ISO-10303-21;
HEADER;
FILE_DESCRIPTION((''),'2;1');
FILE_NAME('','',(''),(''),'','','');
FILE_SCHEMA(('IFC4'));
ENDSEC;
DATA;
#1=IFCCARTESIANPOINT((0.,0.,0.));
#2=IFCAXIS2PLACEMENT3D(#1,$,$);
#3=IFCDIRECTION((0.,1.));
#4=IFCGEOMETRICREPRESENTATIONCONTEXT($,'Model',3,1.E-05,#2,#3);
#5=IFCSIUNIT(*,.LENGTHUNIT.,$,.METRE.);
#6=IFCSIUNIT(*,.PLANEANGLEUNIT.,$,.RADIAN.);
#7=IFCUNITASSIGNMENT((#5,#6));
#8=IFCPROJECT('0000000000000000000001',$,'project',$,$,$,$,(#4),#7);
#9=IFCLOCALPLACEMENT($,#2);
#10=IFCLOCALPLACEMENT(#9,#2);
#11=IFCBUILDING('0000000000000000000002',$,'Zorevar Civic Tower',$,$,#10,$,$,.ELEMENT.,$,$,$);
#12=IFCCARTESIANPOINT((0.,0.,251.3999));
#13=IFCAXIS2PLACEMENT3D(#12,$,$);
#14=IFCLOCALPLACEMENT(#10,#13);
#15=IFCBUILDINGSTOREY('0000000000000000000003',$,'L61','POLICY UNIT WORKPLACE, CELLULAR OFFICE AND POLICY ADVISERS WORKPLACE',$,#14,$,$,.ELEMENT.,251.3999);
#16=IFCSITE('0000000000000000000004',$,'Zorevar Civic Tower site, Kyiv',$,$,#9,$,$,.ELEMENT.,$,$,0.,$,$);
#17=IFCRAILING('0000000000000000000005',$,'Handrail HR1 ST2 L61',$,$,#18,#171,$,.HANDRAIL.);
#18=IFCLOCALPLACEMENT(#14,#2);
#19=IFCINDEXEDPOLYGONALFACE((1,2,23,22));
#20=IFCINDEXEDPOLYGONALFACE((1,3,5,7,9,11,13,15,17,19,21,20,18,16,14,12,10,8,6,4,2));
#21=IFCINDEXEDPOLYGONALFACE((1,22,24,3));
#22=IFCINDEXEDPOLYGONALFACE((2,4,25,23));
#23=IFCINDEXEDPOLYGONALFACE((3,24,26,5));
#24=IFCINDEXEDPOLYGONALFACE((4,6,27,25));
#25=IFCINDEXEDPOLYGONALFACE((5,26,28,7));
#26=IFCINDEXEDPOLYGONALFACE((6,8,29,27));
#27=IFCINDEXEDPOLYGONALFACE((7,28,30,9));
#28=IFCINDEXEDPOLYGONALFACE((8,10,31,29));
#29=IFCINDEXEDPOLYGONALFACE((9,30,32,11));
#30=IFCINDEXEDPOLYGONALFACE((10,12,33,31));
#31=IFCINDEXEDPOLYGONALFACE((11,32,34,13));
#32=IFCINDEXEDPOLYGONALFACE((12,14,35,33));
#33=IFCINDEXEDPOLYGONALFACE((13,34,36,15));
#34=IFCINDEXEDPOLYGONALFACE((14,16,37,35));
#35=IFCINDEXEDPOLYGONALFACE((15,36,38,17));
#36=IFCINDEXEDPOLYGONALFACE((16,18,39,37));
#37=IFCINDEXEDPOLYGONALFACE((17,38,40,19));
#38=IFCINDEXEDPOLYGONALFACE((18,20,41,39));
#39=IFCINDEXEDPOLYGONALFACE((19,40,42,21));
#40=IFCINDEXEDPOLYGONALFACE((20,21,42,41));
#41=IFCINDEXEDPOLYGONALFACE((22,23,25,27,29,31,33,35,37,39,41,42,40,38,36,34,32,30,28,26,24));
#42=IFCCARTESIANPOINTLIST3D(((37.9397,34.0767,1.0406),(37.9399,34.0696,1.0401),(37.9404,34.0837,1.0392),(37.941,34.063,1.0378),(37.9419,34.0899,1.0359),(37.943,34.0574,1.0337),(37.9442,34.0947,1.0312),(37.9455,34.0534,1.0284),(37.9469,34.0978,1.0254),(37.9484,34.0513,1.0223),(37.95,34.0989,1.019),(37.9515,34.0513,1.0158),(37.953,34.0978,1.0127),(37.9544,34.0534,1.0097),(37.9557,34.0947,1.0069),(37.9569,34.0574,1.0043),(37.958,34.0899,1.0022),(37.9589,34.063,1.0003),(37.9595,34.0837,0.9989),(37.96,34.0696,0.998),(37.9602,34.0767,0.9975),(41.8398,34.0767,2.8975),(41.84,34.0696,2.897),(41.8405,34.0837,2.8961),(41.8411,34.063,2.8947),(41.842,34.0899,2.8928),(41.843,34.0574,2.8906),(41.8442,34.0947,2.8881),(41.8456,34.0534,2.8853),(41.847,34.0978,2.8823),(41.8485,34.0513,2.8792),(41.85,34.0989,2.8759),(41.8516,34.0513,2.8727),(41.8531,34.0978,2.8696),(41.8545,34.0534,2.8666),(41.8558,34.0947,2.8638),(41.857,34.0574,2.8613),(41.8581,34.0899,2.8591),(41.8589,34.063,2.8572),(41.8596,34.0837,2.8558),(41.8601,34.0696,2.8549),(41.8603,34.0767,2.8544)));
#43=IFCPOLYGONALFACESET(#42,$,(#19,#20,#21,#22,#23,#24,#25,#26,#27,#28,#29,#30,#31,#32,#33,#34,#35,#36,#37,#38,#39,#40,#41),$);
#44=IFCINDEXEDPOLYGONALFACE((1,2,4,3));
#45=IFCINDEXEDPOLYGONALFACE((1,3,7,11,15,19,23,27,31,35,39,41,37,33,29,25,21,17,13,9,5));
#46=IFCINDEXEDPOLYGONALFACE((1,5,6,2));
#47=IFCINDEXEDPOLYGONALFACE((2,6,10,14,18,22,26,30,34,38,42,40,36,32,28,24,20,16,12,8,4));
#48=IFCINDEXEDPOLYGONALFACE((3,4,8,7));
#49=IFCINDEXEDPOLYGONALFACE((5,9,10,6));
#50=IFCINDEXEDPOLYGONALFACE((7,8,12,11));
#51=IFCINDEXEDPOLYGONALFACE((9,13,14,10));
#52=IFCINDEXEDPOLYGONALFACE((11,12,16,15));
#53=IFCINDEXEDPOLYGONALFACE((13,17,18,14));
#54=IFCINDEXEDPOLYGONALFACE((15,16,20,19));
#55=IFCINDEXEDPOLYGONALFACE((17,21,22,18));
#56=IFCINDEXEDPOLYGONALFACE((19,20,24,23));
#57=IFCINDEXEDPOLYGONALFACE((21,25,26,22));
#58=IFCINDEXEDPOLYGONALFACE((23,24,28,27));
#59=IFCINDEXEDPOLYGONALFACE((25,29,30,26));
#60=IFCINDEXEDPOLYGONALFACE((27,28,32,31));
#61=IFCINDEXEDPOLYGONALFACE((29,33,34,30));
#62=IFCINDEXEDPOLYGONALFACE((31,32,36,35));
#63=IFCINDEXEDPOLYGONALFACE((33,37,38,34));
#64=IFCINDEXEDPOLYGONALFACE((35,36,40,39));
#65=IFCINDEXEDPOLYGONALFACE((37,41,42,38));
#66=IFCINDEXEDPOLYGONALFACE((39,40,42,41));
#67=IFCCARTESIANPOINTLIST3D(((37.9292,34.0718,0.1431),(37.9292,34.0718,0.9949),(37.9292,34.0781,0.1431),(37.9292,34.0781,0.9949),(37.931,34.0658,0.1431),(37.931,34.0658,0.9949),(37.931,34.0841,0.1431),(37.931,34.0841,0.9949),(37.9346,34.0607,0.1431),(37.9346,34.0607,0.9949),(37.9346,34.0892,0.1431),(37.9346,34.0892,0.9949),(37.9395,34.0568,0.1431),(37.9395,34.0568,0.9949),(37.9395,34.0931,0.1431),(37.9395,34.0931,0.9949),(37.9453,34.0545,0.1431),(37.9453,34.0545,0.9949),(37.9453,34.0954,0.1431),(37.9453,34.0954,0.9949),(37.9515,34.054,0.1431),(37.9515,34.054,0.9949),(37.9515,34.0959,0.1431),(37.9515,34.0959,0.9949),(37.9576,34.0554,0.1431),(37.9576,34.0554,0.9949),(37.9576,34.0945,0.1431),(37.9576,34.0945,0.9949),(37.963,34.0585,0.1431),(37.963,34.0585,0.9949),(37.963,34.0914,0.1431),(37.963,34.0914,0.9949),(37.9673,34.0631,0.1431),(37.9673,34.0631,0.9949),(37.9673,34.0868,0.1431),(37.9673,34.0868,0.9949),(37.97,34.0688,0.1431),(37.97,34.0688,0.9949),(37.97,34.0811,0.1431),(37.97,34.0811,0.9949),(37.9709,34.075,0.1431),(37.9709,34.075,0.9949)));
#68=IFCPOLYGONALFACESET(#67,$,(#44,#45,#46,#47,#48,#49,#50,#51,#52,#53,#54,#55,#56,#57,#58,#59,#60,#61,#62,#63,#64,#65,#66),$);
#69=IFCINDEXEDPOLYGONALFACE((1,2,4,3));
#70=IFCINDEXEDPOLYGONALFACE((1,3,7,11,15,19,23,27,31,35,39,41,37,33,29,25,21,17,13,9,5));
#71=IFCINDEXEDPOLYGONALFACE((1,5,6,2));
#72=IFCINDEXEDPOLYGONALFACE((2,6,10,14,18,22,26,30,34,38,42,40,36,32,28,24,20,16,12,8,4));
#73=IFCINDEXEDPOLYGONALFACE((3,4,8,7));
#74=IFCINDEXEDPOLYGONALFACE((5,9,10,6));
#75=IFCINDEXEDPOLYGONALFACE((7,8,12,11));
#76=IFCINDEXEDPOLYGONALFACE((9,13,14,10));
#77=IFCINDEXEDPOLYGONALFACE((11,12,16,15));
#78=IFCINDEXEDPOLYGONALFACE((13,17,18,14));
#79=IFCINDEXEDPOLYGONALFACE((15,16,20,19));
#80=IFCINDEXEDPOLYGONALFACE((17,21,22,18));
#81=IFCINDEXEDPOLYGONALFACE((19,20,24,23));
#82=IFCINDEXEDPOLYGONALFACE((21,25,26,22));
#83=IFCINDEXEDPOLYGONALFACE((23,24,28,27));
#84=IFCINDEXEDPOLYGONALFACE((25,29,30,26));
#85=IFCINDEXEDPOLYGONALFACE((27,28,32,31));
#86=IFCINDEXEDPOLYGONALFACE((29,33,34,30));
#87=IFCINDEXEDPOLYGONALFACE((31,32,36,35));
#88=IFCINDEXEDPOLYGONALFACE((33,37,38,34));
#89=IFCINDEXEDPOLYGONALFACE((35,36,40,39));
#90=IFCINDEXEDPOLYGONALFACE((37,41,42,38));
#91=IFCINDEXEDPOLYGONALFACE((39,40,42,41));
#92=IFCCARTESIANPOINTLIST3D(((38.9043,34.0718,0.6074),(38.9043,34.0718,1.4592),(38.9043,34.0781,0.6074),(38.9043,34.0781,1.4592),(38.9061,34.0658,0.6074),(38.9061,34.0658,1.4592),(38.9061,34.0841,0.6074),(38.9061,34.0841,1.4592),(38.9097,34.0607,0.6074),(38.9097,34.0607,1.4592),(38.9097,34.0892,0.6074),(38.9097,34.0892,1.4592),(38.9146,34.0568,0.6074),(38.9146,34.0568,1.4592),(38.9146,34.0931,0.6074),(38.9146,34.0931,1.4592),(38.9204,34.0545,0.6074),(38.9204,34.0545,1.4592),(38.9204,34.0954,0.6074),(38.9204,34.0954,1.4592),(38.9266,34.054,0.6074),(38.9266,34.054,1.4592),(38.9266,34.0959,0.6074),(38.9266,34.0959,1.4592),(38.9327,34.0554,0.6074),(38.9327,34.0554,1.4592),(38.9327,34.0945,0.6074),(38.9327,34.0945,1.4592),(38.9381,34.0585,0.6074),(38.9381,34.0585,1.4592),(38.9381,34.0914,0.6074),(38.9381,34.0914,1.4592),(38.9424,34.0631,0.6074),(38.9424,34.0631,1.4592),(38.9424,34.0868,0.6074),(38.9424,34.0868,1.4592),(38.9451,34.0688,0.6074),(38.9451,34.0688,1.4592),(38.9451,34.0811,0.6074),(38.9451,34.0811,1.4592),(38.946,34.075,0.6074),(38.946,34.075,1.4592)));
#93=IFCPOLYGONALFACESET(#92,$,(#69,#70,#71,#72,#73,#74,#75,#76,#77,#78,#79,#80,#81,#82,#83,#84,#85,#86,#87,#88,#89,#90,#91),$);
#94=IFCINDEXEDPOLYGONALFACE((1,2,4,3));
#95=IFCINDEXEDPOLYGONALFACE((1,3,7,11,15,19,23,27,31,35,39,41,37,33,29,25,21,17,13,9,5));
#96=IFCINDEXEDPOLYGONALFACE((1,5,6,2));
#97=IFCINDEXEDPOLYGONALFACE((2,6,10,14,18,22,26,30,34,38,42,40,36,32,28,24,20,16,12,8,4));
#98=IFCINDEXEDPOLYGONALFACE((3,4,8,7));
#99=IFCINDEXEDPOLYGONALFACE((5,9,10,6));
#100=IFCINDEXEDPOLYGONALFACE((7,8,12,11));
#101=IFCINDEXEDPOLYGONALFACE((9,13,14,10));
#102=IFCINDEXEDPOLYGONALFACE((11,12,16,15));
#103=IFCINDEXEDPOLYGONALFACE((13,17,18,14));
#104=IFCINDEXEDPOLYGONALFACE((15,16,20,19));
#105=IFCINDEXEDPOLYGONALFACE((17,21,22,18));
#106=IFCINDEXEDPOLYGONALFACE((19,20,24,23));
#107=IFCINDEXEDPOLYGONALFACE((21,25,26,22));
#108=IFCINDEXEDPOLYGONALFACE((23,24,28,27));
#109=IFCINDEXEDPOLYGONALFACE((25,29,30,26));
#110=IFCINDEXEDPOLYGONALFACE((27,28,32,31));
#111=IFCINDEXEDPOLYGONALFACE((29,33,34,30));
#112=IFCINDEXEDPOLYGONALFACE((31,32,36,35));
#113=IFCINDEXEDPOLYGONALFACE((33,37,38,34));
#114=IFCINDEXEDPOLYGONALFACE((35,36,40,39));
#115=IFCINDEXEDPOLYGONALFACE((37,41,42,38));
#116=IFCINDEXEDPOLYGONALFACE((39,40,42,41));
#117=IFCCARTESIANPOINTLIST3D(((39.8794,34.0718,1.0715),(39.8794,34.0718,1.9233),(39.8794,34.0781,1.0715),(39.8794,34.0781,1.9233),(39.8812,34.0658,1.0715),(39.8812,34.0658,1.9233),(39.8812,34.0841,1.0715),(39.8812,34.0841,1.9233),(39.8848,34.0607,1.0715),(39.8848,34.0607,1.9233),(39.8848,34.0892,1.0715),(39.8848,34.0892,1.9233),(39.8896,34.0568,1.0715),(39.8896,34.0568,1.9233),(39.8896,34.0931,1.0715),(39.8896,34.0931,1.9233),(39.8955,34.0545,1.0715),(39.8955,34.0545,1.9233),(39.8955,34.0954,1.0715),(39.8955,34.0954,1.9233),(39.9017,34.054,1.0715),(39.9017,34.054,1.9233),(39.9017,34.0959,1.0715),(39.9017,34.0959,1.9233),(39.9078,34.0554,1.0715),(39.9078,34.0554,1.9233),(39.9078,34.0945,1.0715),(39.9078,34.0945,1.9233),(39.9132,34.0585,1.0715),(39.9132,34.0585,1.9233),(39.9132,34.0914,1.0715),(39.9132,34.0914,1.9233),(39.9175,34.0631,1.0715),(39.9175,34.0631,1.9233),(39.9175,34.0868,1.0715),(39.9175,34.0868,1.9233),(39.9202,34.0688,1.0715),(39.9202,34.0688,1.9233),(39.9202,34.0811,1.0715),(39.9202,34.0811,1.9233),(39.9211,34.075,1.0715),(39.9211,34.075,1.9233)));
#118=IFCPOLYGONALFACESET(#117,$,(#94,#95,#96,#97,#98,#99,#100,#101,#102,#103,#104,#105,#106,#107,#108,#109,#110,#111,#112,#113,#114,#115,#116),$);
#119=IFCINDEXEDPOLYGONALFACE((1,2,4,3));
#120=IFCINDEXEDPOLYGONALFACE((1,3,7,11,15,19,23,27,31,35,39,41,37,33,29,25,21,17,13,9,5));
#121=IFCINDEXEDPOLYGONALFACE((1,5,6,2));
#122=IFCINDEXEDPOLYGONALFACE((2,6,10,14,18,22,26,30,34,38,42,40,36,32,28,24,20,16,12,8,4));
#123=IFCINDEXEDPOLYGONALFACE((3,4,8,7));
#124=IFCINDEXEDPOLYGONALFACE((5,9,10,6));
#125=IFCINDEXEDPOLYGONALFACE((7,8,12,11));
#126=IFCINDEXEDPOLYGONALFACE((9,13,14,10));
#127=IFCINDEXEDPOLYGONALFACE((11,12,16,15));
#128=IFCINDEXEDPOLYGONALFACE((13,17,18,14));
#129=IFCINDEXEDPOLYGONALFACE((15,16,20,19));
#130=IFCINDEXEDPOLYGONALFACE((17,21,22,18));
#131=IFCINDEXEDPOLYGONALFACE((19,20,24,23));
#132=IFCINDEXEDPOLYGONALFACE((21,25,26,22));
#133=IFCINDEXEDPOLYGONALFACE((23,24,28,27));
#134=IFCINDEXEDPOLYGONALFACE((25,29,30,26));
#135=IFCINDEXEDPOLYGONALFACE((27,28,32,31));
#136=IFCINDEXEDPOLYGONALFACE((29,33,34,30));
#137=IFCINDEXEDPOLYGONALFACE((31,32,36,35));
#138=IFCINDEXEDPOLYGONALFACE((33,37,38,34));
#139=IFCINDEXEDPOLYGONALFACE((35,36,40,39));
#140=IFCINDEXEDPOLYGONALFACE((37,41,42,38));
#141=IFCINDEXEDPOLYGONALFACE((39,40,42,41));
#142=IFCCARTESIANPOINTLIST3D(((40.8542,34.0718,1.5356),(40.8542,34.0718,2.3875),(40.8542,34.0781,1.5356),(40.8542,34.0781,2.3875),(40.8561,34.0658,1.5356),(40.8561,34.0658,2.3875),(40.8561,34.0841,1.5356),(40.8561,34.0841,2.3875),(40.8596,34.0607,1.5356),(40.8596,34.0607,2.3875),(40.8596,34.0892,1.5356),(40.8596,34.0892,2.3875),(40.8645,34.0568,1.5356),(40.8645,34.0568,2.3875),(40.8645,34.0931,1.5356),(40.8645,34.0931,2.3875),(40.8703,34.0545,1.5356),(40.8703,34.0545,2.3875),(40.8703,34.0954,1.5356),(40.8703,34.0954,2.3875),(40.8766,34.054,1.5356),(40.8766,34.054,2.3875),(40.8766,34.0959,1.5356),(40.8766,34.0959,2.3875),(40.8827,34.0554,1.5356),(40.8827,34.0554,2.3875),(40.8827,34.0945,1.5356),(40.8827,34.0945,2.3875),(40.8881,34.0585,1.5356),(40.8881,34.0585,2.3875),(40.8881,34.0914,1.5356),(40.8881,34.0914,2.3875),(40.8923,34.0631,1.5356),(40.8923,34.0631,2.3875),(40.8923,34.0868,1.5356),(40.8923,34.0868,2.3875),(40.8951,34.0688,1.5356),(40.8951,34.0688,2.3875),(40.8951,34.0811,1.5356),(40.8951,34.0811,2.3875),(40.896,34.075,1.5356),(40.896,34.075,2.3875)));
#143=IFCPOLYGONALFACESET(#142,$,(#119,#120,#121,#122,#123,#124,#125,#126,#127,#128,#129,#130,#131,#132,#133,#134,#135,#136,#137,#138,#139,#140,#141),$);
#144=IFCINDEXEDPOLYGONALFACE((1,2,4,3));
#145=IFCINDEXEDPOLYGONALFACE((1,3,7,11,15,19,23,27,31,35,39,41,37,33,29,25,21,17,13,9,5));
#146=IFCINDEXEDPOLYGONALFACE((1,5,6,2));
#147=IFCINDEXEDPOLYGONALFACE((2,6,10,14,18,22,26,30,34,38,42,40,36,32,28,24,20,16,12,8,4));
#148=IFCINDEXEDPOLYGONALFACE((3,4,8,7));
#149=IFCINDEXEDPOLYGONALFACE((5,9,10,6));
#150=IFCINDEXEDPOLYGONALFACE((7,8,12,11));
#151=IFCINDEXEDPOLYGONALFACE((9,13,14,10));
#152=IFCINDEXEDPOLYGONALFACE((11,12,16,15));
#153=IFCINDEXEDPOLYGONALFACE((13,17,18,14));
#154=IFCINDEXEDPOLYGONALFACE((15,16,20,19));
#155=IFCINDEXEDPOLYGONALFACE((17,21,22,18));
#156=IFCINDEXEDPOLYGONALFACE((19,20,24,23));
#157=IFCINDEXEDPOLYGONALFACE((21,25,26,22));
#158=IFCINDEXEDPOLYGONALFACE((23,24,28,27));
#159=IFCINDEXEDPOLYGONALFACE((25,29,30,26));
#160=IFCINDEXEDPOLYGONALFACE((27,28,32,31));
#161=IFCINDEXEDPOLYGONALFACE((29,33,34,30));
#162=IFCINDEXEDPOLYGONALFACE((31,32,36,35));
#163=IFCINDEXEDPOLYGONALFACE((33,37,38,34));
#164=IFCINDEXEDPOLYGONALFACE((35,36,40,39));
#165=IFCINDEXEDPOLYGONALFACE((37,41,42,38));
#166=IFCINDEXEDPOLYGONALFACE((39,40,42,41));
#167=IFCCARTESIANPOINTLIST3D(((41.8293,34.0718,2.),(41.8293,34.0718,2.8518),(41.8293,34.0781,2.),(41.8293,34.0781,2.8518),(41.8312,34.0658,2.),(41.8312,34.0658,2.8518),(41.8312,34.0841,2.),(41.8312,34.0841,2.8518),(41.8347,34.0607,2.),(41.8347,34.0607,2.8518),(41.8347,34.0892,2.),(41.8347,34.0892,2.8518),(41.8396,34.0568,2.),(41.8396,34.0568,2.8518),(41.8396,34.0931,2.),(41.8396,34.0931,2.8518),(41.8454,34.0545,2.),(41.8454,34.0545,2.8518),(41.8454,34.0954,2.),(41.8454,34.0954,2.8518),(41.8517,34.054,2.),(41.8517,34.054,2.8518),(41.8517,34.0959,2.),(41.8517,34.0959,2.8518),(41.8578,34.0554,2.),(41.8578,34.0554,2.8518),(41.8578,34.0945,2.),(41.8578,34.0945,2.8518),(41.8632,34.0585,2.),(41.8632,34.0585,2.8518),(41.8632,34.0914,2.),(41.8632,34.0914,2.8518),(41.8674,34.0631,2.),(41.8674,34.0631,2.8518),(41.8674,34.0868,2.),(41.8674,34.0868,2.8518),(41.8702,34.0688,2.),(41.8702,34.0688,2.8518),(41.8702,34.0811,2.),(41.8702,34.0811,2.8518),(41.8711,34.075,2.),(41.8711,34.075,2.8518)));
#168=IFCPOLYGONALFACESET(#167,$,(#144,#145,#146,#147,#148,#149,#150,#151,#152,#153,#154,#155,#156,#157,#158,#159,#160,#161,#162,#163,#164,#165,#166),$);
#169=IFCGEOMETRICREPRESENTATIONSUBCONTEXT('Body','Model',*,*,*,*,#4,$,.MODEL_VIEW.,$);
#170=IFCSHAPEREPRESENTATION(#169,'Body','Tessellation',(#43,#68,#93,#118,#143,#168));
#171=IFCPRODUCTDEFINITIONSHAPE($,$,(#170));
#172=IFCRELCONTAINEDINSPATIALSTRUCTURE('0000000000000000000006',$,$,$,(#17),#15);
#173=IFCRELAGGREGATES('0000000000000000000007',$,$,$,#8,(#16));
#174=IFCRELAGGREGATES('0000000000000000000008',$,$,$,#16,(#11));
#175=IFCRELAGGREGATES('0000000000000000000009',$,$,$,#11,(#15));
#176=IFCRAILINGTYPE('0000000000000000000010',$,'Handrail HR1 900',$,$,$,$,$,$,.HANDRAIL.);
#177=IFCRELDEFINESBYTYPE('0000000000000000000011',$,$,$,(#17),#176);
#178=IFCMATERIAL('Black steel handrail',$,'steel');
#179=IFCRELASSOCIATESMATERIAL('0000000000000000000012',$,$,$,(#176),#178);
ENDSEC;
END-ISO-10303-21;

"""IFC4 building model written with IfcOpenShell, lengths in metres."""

from ifc_helpers import new_model, si_unit, direction, frame, origin, origin_2d, place, context, subcontext, project, spatial, circle, extrude, material, type_object, element, save


model = new_model("IFC4")

# Units and contexts
model_context = context("Model", 3, precision=1e-05, world=origin(), true_north=direction((0.0, 1.0)))
body_context = subcontext(model_context, "Body", "Model", "MODEL_VIEW")
ifc_project = project(units=[si_unit("LENGTHUNIT", "METRE"), si_unit("PLANEANGLEUNIT", "RADIAN")], contexts=[model_context])

# Site, building, storey
site_placement = place(None, origin())
site = spatial("IfcSite", under=ifc_project, at=site_placement, Name="Zorevar Civic Tower site, Kyiv", CompositionType="ELEMENT", RefElevation=0.0)
building_placement = place(site_placement, origin())
building = spatial("IfcBuilding", under=site, at=building_placement, Name="Zorevar Civic Tower", CompositionType="ELEMENT")
storey_placement = place(building_placement, frame((0.0, 0.0, 251.3999)))
storey = spatial("IfcBuildingStorey", under=building, at=storey_placement, Name="L61", Description="POLICY UNIT WORKPLACE, CELLULAR OFFICE AND POLICY ADVISERS WORKPLACE", CompositionType="ELEMENT", Elevation=251.3999)

# Railing
ifc_material_1 = material(Name="Black steel handrail", Category="steel")
railing_type = type_object("IfcRailingType", Name="Handrail HR1 900", PredefinedType="HANDRAIL", material=ifc_material_1)
railing_1_placement = place(storey_placement, frame((37.95, 34.075, 0.1431)))
element("IfcRailing", 1, at=railing_1_placement, inside=storey, type_object=railing_type, Name="Handrail HR1 ST2 L61", PredefinedType="HANDRAIL", context=body_context, shape_type="SweptSolid", body=[
    extrude(circle(Radius=0.0239, at=origin_2d()), frame((0.0, 0.0, 0.876), z_axis=(0.902886, 0.0, 0.429881), x_axis=(0.0, 1.0, 0.0)), (0.0, 0.0, 1.0), 4.3196),
    extrude(circle(Radius=0.021, at=origin_2d()), origin(), (0.0, 0.0, 1.0), 0.8518),
    extrude(circle(Radius=0.021, at=origin_2d()), frame((0.9751, 0.0, 0.4644)), (0.0, 0.0, 1.0), 0.8518),
    extrude(circle(Radius=0.021, at=origin_2d()), frame((1.9502, 0.0, 0.9285)), (0.0, 0.0, 1.0), 0.8518),
    extrude(circle(Radius=0.021, at=origin_2d()), frame((2.925, 0.0, 1.3926)), (0.0, 0.0, 1.0), 0.8518),
    extrude(circle(Radius=0.021, at=origin_2d()), frame((3.9001, 0.0, 1.8569)), (0.0, 0.0, 1.0), 0.8518),
])

save(model, "model.ifc")
